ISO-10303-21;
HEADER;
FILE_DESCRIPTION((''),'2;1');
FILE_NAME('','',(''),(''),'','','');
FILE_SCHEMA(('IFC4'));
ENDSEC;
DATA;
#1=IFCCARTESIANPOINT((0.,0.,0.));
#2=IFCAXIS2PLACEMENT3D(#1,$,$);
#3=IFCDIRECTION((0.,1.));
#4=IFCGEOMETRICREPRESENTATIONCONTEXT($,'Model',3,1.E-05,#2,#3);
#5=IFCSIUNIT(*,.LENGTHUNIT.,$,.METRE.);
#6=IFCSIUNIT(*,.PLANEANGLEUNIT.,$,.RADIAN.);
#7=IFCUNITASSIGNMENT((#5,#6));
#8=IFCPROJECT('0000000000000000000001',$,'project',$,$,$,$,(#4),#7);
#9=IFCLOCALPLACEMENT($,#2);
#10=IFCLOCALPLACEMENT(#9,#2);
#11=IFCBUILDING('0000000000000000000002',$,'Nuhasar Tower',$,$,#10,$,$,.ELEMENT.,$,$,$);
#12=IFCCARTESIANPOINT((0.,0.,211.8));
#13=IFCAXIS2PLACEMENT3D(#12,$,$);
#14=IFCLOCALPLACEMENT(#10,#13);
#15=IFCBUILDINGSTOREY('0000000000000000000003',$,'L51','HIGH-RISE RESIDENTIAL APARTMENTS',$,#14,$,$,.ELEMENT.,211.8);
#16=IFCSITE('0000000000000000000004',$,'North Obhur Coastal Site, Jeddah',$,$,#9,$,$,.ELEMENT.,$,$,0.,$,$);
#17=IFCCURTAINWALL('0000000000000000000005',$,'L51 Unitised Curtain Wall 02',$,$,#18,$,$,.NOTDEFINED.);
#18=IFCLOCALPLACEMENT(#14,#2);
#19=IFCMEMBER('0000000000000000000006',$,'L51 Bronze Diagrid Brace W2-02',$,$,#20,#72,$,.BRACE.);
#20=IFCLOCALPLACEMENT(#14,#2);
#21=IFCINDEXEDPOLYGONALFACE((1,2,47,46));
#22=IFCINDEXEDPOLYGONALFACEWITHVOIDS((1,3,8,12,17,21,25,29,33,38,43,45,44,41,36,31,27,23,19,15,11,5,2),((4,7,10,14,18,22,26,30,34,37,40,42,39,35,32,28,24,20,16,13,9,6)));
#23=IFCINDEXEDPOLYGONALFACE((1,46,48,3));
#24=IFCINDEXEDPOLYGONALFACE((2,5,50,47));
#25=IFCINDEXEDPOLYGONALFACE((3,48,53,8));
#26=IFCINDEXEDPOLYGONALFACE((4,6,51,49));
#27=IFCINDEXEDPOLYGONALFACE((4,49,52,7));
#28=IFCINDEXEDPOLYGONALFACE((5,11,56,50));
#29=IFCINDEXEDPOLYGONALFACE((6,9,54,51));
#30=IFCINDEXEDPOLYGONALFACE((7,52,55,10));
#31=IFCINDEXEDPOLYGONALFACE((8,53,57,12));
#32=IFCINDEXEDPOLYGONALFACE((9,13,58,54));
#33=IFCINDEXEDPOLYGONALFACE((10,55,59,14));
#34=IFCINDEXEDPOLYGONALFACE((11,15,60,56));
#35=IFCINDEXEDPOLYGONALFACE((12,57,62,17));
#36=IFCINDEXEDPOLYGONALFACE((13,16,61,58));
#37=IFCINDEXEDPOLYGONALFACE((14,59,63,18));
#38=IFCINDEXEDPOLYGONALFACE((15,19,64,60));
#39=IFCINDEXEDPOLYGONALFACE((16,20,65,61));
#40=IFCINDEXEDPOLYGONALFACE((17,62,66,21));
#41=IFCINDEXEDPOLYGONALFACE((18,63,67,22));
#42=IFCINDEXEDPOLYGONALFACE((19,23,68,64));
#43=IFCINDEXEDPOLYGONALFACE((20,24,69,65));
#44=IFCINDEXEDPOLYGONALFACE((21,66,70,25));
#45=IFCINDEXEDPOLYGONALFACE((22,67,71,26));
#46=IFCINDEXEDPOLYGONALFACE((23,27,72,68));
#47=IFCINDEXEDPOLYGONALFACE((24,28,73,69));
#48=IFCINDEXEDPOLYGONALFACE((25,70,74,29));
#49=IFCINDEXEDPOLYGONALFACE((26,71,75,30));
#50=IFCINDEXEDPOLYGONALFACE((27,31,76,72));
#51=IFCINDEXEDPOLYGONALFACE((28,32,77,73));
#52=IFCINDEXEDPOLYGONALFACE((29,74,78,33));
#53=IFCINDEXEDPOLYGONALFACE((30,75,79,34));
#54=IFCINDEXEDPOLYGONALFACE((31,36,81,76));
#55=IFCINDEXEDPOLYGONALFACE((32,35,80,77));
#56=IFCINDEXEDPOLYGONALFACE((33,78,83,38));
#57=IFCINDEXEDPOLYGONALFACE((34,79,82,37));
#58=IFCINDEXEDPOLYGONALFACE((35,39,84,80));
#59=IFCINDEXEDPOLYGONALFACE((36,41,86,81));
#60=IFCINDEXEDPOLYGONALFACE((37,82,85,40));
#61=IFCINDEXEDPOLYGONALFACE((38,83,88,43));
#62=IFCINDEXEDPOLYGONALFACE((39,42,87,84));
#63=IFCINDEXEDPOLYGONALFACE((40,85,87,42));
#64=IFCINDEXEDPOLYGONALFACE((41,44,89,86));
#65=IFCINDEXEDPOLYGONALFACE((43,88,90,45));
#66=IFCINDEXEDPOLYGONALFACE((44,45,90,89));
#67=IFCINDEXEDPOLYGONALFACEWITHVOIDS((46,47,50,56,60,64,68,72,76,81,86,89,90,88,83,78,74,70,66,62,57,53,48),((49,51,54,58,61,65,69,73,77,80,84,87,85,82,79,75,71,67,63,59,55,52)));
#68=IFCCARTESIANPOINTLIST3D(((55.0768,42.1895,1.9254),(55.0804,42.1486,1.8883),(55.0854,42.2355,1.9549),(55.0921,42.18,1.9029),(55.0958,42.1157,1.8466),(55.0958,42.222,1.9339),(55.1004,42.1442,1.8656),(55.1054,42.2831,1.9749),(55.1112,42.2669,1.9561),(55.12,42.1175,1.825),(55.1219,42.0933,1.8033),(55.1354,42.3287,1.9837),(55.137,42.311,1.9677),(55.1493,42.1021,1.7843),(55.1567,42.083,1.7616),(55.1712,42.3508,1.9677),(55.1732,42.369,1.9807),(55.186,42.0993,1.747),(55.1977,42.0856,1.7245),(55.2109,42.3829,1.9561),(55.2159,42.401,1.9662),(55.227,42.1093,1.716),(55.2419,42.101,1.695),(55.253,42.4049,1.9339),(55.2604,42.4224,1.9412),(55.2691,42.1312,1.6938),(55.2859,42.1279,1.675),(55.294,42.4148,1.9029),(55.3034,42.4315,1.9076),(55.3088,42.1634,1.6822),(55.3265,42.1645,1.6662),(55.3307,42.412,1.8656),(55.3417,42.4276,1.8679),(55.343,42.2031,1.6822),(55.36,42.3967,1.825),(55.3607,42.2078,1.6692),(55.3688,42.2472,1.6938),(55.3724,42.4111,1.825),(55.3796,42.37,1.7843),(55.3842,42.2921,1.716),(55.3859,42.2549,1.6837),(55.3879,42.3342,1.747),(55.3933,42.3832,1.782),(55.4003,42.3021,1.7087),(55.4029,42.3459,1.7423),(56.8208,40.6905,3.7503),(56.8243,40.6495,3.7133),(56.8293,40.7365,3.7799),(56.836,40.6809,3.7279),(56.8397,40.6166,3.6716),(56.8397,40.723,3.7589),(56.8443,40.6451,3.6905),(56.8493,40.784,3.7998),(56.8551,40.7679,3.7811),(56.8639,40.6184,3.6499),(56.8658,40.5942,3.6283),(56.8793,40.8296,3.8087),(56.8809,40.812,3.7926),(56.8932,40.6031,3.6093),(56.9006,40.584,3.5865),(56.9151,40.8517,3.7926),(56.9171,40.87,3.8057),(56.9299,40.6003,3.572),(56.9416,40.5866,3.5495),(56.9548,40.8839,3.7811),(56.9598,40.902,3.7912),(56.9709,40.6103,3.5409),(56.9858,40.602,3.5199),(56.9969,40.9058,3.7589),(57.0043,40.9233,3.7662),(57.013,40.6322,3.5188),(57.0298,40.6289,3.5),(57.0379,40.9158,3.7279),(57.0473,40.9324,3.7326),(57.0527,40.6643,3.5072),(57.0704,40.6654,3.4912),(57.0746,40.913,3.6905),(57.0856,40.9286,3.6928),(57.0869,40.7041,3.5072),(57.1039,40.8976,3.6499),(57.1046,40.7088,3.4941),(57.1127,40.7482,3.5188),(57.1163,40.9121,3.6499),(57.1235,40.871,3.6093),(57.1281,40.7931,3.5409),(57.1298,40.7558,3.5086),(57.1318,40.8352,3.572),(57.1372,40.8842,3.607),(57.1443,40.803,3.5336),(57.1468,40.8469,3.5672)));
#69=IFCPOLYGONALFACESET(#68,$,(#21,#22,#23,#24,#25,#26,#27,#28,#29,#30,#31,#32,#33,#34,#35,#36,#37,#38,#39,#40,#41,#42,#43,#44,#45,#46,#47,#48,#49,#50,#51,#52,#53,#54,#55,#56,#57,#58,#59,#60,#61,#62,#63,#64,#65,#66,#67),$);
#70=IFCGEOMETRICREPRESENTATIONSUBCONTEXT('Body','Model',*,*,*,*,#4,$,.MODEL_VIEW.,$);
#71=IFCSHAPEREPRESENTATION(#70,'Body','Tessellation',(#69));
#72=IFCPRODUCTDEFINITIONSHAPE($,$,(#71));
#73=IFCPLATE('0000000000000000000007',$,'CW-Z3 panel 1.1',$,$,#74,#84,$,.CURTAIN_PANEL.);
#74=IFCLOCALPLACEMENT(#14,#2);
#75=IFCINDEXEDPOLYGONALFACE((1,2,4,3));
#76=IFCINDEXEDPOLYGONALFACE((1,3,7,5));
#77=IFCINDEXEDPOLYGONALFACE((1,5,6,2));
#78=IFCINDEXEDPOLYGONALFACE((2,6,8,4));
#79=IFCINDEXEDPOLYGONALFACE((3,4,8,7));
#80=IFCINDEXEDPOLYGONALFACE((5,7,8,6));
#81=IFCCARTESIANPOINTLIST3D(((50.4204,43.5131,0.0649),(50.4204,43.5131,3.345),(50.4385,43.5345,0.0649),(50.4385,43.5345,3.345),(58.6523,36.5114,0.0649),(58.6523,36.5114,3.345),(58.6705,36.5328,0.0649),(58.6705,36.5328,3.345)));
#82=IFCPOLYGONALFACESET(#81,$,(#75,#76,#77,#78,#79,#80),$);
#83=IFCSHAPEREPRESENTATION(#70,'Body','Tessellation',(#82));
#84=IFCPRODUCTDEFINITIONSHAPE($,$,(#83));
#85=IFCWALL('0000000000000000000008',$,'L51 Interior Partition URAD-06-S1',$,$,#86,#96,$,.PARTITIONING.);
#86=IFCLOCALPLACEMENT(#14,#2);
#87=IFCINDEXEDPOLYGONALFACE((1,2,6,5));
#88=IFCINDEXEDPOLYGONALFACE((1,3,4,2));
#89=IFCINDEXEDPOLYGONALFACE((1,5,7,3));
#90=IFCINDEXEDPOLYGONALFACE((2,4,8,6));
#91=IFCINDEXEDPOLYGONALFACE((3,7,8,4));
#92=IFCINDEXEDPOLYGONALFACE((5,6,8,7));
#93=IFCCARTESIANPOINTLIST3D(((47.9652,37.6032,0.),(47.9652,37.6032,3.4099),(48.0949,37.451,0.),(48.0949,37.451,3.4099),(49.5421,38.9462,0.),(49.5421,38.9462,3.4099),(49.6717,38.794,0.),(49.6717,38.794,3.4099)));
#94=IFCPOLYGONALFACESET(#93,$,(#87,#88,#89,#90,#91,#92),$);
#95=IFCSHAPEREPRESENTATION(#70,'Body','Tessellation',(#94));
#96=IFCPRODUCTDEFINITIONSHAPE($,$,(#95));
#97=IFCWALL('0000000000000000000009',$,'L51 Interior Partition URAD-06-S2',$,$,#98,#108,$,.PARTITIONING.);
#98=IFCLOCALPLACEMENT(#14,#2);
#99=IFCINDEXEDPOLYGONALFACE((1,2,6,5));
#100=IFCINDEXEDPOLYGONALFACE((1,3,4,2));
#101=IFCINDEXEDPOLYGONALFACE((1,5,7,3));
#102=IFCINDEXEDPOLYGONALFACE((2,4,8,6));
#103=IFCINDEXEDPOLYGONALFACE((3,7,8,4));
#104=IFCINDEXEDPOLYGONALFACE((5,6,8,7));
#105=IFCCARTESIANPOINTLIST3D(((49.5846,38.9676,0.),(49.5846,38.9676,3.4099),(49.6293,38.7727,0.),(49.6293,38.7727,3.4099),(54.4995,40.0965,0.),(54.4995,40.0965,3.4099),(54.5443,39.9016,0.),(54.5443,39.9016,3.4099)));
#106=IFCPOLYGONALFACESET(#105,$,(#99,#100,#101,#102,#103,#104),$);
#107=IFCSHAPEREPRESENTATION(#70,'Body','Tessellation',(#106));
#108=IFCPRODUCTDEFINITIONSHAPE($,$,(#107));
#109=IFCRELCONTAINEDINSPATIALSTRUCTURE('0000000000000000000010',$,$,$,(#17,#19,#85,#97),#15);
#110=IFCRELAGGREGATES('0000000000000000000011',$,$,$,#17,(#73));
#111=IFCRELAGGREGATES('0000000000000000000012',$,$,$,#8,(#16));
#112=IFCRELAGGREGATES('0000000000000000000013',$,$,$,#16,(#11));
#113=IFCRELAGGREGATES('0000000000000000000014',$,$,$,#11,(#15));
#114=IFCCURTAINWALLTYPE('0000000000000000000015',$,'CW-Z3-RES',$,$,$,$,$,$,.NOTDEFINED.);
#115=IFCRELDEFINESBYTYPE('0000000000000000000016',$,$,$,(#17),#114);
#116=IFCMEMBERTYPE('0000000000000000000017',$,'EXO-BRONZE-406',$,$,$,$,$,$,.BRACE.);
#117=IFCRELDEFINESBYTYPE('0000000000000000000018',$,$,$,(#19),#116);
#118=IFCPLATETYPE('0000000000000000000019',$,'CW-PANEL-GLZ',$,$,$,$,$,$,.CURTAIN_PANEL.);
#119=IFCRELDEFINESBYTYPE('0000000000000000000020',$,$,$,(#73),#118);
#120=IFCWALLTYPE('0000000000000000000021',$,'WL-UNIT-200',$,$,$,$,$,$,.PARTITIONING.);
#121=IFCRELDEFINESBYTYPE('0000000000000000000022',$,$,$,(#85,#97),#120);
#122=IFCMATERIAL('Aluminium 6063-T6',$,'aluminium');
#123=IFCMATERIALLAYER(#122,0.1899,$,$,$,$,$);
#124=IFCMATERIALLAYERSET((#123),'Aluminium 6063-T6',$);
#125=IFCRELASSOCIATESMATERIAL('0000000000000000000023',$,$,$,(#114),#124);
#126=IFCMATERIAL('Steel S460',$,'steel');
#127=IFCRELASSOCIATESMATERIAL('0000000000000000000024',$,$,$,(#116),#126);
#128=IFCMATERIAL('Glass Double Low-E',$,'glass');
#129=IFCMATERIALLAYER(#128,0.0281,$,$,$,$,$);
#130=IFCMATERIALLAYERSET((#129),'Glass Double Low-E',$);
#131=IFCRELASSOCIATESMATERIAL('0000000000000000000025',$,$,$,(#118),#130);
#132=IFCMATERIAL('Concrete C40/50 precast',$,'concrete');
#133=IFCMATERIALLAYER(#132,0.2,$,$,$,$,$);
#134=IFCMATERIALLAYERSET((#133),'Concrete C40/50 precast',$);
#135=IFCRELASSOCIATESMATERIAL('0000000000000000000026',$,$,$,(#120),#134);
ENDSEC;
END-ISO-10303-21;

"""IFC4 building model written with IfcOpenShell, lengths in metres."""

from ifc_helpers import new_model, si_unit, direction, frame, frame_2d, origin, origin_2d, place, context, subcontext, project, spatial, rectangle, hollow_circle, extrude, material, layer, layer_set, material_profile, profile_set, type_object, element, aggregate, save


model = new_model("IFC4")

# Units and contexts
model_context = context("Model", 3, precision=1e-05, world=origin(), true_north=direction((0.0, 1.0)))
body_context = subcontext(model_context, "Body", "Model", "MODEL_VIEW")
ifc_project = project(units=[si_unit("LENGTHUNIT", "METRE"), si_unit("PLANEANGLEUNIT", "RADIAN")], contexts=[model_context])

# Site, building, storey
site_placement = place(None, origin())
site = spatial("IfcSite", under=ifc_project, at=site_placement, Name="North Obhur Coastal Site, Jeddah", CompositionType="ELEMENT", RefElevation=0.0)
building_placement = place(site_placement, origin())
building = spatial("IfcBuilding", under=site, at=building_placement, Name="Nuhasar Tower", CompositionType="ELEMENT")
storey_placement = place(building_placement, frame((0.0, 0.0, 211.8)))
storey = spatial("IfcBuildingStorey", under=building, at=storey_placement, Name="L51", Description="HIGH-RISE RESIDENTIAL APARTMENTS", CompositionType="ELEMENT", Elevation=211.8)

# Shared definitions
ifc_material_1 = material(Name="Aluminium 6063-T6", Category="aluminium")
ifc_layer_1 = layer(ifc_material_1, 0.1899)
ifc_layer_set_1 = layer_set([ifc_layer_1], Name="Aluminium 6063-T6")
curtain_wall_type = type_object("IfcCurtainWallType", Name="CW-Z3-RES", PredefinedType="NOTDEFINED", material=ifc_layer_set_1)

# Curtain wall
curtain_wall_1_placement = place(storey_placement, origin())
curtain_wall_1 = element("IfcCurtainWall", 1, at=curtain_wall_1_placement, inside=storey, type_object=curtain_wall_type, Name="L51 Unitised Curtain Wall 02", PredefinedType="NOTDEFINED")

# Member
ifc_material_2 = material(Name="Steel S460", Category="steel")
ifc_material_profile_1 = material_profile(ifc_material_2, hollow_circle(Radius=0.2031, WallThickness=0.019, at=origin_2d()), Name="HSS406.4X19.1")
ifc_profile_set_1 = profile_set([ifc_material_profile_1], Name="Steel S460")
member_type_1 = type_object("IfcMemberType", Name="EXO-BRONZE-406", PredefinedType="BRACE", material=ifc_profile_set_1)
for number, where, z_axis, x_axis, name in (
    (2, (55.24, 42.2571, 1.825), (0.594019, -0.510608, 0.621628), (0.651857, 0.758342, 0.0), "L51 Bronze Diagrid Brace W2-02"),
):
    element("IfcMember", number, at=place(storey_placement, frame(where, z_axis=z_axis, x_axis=x_axis)), inside=storey, type_object=member_type_1, Name=name, PredefinedType="BRACE", context=body_context, shape_type="SweptSolid", body=[
        extrude(hollow_circle(Radius=0.2031, WallThickness=0.019, at=origin_2d()), origin(), (0.0, 0.0, 1.0), 2.9358),
    ])

# Plate
ifc_material_3 = material(Name="Glass Double Low-E", Category="glass")
ifc_layer_2 = layer(ifc_material_3, 0.0281)
ifc_layer_set_2 = layer_set([ifc_layer_2], Name="Glass Double Low-E")
plate_type = type_object("IfcPlateType", Name="CW-PANEL-GLZ", PredefinedType="CURTAIN_PANEL", material=ifc_layer_set_2)
plate_placement = place(storey_placement, frame((54.5454, 40.0229, 0.0649), z_axis=(0.0, 0.0, 1.0), x_axis=(-0.761729, 0.647895, 0.0)))
plate = element("IfcPlate", 3, at=plate_placement, type_object=plate_type, Name="CW-Z3 panel 1.1", PredefinedType="CURTAIN_PANEL", context=body_context, shape_type="SweptSolid", body=[
    extrude(rectangle(XDim=10.8069, YDim=0.0281, at=origin_2d()), origin(), (0.0, 0.0, 1.0), 3.28),
])
aggregate(curtain_wall_1, [plate])

# Walls
ifc_material_4 = material(Name="Concrete C40/50 precast", Category="concrete")
ifc_layer_3 = layer(ifc_material_4, 0.2)
ifc_layer_set_3 = layer_set([ifc_layer_3], Name="Concrete C40/50 precast")
wall_type = type_object("IfcWallType", Name="WL-UNIT-200", PredefinedType="PARTITIONING", material=ifc_layer_set_3)
wall_1_placement = place(storey_placement, frame((48.03, 37.5271, 0.0), z_axis=(0.0, 0.0, 1.0), x_axis=(0.761308, 0.648391, 0.0)))
element("IfcWall", 4, at=wall_1_placement, inside=storey, type_object=wall_type, Name="L51 Interior Partition URAD-06-S1", PredefinedType="PARTITIONING", context=body_context, shape_type="SweptSolid", body=[
    extrude(rectangle(XDim=2.0713, YDim=0.2, at=frame_2d((1.0356, 0.0))), origin(), (0.0, 0.0, 1.0), 3.4099),
])
wall_2_placement = place(storey_placement, frame((49.6069, 38.8701, 0.0), z_axis=(0.0, 0.0, 1.0), x_axis=(0.974622, 0.223855, 0.0)))
element("IfcWall", 5, at=wall_2_placement, inside=storey, type_object=wall_type, Name="L51 Interior Partition URAD-06-S2", PredefinedType="PARTITIONING", context=body_context, shape_type="SweptSolid", body=[
    extrude(rectangle(XDim=5.043, YDim=0.2, at=frame_2d((2.5215, 0.0))), origin(), (0.0, 0.0, 1.0), 3.4099),
])

save(model, "model.ifc")
